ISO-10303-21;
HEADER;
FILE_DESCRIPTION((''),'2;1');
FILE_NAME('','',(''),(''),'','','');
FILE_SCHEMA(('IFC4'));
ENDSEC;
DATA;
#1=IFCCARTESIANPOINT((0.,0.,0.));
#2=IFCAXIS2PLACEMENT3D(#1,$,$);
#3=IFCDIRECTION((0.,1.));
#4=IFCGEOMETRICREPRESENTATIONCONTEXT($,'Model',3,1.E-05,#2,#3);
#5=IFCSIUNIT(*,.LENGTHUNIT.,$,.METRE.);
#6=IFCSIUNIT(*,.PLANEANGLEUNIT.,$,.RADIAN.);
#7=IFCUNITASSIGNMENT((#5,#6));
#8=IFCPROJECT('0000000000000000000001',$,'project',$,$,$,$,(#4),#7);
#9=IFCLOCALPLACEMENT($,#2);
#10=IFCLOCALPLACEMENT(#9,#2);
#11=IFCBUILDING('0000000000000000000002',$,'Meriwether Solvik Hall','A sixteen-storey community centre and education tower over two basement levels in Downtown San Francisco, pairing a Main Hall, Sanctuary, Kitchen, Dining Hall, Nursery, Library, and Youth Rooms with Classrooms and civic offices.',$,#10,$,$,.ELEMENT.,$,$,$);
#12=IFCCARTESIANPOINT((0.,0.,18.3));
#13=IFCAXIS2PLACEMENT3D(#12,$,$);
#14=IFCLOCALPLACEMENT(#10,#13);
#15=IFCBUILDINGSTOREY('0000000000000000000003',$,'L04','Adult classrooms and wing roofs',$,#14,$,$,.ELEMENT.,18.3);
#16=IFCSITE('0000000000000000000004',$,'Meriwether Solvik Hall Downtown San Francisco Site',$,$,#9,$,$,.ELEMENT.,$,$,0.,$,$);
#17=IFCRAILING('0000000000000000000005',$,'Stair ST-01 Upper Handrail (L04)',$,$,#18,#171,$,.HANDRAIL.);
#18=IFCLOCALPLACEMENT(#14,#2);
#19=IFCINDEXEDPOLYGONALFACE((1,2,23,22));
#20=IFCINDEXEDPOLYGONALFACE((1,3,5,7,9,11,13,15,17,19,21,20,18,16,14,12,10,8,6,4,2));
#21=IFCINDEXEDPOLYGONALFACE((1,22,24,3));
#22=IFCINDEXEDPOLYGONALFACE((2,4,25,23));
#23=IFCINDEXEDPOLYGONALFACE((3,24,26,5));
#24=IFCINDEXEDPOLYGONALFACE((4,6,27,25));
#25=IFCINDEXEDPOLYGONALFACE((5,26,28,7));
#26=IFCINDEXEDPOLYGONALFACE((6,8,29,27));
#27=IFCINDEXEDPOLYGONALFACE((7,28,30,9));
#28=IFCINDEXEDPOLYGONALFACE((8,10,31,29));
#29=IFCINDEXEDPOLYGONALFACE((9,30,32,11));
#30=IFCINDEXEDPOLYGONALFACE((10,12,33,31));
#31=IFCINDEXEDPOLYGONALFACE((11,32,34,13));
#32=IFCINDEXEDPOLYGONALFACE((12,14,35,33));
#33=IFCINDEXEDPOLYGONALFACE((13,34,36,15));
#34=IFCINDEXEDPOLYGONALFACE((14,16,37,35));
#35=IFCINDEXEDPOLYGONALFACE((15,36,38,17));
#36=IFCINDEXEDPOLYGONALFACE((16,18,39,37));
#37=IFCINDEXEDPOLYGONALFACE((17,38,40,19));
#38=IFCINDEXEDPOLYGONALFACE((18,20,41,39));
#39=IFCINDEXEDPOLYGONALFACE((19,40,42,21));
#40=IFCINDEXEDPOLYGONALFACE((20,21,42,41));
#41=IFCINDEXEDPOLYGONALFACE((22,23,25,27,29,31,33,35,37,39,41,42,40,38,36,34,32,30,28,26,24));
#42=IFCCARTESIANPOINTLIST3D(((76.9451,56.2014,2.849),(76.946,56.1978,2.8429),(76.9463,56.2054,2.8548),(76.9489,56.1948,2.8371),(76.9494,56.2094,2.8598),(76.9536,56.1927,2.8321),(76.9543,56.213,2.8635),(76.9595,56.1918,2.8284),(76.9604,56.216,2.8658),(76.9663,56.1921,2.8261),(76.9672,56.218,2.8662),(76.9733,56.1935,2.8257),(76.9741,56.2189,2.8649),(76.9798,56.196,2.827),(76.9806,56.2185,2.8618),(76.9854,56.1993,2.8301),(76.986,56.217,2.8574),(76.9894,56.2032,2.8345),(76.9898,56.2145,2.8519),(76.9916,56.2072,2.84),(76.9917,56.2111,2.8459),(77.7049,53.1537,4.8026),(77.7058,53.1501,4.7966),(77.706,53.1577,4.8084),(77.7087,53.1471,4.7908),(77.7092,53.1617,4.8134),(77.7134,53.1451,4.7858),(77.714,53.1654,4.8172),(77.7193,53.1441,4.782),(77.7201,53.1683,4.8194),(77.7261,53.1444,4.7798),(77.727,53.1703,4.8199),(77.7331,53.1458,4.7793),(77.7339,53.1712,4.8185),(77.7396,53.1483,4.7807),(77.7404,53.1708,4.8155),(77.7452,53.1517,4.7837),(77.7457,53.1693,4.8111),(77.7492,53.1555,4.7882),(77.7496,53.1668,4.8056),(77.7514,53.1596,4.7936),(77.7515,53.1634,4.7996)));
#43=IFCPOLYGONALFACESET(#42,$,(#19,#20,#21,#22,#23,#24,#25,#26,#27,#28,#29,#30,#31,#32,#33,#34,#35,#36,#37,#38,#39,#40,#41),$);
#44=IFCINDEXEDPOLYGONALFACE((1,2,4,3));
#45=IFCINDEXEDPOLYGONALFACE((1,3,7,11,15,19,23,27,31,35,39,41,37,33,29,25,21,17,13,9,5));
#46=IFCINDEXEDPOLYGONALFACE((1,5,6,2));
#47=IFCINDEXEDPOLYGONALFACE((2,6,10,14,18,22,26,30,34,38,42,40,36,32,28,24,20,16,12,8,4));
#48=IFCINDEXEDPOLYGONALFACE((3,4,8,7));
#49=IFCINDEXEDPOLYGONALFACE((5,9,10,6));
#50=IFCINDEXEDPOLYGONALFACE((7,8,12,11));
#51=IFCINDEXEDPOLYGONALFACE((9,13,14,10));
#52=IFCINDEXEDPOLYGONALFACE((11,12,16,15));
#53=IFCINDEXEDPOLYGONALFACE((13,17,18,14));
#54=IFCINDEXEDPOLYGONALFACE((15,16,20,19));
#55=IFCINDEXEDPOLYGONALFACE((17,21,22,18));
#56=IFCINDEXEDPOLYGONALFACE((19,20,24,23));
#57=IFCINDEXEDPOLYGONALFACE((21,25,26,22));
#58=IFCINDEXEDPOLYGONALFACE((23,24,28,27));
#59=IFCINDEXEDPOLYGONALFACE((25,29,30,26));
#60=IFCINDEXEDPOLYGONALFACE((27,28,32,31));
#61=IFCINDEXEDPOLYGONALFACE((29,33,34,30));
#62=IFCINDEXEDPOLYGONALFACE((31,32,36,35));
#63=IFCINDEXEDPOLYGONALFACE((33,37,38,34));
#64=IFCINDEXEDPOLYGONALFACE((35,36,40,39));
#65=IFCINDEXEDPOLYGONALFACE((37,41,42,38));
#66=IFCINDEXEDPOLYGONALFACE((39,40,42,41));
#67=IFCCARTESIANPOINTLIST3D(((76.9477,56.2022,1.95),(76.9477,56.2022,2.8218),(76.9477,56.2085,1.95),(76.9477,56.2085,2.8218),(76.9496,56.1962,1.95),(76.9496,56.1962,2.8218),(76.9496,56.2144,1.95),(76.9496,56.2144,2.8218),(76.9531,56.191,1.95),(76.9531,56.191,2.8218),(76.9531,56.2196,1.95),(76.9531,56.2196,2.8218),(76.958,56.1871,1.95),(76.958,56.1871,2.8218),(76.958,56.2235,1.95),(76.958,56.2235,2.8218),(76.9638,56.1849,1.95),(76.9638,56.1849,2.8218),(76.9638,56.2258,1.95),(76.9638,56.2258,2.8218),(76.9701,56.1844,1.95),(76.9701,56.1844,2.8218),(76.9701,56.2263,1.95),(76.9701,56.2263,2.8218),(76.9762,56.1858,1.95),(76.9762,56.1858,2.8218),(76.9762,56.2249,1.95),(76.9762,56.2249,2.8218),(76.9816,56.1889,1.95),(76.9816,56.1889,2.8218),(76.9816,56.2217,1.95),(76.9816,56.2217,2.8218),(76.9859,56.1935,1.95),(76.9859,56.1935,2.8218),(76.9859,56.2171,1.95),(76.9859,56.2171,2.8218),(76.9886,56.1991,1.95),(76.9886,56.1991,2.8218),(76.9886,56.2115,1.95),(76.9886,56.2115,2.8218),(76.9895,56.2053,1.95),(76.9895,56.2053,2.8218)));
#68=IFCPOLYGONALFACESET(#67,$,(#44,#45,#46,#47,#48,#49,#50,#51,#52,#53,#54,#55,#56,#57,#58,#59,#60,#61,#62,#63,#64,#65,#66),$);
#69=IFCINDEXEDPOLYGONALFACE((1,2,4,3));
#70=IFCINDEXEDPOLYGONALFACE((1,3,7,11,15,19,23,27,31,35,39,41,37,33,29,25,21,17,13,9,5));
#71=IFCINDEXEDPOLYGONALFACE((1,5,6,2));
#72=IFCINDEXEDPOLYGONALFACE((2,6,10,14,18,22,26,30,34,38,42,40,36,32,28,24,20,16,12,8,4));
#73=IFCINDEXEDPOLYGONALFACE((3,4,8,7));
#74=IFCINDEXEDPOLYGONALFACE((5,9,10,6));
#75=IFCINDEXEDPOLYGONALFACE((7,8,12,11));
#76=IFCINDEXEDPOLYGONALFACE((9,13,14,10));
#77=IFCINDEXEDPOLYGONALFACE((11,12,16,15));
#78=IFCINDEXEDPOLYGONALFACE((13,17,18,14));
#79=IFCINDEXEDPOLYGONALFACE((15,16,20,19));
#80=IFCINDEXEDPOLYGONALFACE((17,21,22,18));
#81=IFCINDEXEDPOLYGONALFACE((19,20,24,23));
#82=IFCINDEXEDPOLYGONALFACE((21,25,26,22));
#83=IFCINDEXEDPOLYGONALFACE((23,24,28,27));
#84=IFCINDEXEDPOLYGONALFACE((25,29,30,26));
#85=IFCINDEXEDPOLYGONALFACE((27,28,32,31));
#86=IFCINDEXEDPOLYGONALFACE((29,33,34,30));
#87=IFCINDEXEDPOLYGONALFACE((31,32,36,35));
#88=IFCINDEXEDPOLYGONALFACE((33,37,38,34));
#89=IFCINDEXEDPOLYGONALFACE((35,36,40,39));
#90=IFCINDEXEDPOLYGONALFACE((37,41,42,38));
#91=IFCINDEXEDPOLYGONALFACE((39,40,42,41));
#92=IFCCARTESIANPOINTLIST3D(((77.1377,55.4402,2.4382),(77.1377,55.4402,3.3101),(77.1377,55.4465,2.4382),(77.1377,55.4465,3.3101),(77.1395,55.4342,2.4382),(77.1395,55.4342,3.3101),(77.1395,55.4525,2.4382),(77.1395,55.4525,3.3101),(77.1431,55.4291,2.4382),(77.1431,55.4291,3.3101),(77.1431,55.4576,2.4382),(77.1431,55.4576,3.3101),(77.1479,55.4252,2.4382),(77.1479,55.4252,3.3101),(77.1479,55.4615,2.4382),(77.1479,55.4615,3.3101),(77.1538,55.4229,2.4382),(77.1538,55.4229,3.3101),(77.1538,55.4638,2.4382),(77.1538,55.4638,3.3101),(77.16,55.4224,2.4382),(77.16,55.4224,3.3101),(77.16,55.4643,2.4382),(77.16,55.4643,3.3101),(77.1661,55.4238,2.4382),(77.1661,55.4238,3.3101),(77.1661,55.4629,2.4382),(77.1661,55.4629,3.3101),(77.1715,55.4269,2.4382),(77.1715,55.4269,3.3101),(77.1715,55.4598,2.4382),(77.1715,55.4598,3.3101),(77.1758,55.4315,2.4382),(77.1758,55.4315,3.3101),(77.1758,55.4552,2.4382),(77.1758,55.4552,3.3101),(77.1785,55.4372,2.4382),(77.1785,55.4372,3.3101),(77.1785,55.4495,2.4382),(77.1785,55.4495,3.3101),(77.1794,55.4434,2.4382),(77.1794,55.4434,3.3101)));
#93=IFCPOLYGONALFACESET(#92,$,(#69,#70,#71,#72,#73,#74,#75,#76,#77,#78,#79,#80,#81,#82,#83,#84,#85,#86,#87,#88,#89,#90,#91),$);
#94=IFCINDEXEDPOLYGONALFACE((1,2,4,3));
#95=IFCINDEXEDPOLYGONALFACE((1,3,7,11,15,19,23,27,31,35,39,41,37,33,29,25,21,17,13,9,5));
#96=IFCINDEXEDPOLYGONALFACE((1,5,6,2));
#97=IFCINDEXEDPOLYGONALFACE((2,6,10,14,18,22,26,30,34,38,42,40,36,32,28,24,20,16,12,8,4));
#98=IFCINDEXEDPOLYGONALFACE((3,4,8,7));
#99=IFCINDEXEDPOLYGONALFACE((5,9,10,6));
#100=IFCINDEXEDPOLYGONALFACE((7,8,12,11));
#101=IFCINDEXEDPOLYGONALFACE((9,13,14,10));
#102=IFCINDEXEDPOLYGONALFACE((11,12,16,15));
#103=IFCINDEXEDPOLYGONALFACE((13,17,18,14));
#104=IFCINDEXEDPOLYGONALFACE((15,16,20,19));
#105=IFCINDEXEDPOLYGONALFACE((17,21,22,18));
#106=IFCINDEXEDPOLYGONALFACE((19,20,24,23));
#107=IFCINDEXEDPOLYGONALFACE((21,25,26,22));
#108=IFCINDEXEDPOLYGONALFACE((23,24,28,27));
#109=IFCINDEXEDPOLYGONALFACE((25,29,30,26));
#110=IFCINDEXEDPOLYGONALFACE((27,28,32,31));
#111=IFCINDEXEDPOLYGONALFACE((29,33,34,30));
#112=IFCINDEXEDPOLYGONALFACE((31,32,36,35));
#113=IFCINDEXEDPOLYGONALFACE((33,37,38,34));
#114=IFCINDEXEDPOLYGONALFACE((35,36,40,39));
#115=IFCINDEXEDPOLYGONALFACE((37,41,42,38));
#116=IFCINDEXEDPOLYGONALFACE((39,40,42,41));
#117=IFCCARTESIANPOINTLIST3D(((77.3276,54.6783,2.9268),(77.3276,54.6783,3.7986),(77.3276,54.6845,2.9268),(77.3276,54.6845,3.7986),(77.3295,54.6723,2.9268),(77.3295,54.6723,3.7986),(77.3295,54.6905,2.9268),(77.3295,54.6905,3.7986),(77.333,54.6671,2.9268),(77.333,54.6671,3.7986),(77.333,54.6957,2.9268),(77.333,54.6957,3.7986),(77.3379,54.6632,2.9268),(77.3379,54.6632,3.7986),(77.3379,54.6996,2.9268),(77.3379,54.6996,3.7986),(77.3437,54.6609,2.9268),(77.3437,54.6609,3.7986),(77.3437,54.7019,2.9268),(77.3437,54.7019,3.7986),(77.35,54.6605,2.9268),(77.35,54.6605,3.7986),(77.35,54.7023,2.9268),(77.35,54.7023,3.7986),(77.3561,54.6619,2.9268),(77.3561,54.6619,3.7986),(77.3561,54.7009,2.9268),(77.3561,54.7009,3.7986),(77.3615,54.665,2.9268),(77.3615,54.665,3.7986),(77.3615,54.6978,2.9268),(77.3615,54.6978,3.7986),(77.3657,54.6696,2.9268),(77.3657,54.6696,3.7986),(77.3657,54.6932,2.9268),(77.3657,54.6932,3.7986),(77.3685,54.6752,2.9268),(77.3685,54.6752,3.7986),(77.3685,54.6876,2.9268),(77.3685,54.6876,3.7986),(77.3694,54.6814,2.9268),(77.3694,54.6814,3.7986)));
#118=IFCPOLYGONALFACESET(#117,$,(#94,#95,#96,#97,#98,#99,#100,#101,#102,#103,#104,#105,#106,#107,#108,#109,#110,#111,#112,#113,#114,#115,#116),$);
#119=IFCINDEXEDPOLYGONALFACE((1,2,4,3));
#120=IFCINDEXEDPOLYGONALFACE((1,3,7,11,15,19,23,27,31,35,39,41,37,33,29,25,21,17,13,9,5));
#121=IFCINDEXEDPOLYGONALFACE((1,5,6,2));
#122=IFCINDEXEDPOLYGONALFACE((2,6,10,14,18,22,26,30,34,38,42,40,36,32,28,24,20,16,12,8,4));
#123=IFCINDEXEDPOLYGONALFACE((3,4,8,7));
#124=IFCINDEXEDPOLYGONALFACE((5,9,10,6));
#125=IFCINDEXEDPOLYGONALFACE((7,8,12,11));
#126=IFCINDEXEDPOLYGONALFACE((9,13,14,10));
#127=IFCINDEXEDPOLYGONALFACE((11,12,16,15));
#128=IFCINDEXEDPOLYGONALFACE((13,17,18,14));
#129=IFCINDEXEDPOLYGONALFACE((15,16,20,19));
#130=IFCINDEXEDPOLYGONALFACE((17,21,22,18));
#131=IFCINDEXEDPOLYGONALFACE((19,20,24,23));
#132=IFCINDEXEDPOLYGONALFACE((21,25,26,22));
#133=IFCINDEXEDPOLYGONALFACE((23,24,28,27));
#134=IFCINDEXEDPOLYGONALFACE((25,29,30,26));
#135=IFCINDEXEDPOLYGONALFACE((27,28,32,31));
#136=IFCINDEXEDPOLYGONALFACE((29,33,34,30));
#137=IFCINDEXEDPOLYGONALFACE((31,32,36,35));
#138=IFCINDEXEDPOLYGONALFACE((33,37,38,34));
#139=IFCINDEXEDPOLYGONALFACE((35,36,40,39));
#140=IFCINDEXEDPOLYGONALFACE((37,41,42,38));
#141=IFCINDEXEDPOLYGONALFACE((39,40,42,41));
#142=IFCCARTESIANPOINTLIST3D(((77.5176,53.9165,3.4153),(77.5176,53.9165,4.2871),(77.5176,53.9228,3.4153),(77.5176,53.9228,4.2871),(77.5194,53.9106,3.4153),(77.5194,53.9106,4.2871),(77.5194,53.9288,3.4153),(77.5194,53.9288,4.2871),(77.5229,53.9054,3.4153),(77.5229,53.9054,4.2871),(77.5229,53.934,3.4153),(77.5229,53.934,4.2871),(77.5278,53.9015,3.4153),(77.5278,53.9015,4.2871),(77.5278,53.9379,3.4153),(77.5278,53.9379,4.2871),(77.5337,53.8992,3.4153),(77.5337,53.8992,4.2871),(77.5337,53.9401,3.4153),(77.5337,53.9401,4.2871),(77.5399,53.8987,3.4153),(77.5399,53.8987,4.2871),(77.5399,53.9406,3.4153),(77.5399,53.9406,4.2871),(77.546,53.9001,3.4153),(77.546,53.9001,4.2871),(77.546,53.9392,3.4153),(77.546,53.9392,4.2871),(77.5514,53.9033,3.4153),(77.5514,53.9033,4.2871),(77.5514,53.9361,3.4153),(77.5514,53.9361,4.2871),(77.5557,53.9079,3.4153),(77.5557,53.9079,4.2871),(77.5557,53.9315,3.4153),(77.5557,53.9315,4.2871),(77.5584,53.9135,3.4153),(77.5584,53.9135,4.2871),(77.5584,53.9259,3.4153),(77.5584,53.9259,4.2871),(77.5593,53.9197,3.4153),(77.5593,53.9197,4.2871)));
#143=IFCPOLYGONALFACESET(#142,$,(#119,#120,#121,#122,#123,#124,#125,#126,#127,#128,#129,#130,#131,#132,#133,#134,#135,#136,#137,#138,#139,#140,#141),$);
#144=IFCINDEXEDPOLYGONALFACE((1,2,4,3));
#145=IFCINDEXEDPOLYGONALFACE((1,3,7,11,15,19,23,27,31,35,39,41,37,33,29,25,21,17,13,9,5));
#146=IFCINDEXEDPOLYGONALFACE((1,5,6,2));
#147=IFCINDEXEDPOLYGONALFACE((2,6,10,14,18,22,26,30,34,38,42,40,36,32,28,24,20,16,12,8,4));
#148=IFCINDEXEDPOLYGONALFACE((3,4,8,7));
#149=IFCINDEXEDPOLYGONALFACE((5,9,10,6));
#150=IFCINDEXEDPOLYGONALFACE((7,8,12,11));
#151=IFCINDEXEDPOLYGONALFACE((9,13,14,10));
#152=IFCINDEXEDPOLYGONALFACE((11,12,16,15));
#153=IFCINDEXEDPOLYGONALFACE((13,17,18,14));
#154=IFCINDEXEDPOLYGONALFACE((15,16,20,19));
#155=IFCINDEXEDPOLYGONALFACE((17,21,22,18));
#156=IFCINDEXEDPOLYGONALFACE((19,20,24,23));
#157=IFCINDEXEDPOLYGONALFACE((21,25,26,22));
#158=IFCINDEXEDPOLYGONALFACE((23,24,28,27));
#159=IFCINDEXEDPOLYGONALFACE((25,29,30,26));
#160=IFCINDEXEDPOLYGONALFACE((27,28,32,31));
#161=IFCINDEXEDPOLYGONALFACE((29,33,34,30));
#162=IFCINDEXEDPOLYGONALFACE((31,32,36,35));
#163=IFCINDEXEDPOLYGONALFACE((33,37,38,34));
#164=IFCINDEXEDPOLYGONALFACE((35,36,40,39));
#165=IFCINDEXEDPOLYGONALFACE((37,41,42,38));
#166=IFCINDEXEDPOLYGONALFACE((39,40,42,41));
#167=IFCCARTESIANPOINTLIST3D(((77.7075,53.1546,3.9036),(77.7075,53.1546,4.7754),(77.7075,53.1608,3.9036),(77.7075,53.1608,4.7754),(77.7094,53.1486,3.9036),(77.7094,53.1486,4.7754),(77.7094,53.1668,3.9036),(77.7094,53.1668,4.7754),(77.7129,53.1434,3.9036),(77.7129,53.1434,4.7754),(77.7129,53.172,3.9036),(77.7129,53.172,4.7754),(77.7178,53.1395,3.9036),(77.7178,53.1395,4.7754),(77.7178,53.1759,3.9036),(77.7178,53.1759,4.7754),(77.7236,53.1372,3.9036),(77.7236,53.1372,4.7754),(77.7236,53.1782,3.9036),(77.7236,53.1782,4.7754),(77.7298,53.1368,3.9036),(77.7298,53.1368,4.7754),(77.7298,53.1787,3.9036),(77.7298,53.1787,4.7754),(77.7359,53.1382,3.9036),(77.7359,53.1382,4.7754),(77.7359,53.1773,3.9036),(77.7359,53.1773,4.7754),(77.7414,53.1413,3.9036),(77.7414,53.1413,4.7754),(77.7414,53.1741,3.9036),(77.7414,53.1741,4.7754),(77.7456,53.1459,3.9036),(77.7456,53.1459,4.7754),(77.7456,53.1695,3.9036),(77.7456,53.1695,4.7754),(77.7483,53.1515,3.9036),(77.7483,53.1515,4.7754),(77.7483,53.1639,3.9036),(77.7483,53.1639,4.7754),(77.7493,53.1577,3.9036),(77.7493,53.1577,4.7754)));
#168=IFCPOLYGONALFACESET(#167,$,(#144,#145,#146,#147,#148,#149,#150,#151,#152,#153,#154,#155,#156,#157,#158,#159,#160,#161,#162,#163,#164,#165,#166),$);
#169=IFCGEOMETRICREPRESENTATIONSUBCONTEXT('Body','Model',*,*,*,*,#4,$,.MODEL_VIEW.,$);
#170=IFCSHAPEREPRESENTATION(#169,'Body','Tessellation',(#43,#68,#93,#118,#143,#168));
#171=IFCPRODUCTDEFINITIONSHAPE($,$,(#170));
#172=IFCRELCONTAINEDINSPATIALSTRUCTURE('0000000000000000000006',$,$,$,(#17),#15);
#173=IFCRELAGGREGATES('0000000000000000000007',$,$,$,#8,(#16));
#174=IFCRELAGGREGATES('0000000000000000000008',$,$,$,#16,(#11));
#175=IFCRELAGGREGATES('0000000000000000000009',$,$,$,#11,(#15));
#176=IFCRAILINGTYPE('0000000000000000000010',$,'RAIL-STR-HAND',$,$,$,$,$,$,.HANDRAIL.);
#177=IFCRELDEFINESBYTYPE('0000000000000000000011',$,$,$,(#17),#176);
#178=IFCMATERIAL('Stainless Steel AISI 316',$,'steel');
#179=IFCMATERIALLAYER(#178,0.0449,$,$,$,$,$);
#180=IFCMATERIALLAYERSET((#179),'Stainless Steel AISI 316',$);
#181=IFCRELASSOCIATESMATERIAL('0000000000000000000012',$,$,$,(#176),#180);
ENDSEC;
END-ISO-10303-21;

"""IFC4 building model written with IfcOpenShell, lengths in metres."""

from ifc_helpers import new_model, si_unit, direction, frame, origin, origin_2d, place, context, subcontext, project, spatial, circle, extrude, material, layer, layer_set, type_object, element, save


model = new_model("IFC4")

# Units and contexts
model_context = context("Model", 3, precision=1e-05, world=origin(), true_north=direction((0.0, 1.0)))
body_context = subcontext(model_context, "Body", "Model", "MODEL_VIEW")
ifc_project = project(units=[si_unit("LENGTHUNIT", "METRE"), si_unit("PLANEANGLEUNIT", "RADIAN")], contexts=[model_context])

# Site, building, storey
site_placement = place(None, origin())
site = spatial("IfcSite", under=ifc_project, at=site_placement, Name="Meriwether Solvik Hall Downtown San Francisco Site", CompositionType="ELEMENT", RefElevation=0.0)
building_placement = place(site_placement, origin())
building = spatial("IfcBuilding", under=site, at=building_placement, Name="Meriwether Solvik Hall", Description="A sixteen-storey community centre and education tower over two basement levels in Downtown San Francisco, pairing a Main Hall, Sanctuary, Kitchen, Dining Hall, Nursery, Library, and Youth Rooms with Classrooms and civic offices.", CompositionType="ELEMENT")
storey_placement = place(building_placement, frame((0.0, 0.0, 18.3)))
storey = spatial("IfcBuildingStorey", under=building, at=storey_placement, Name="L04", Description="Adult classrooms and wing roofs", CompositionType="ELEMENT", Elevation=18.3)

# Railing
ifc_material_1 = material(Name="Stainless Steel AISI 316", Category="steel")
ifc_layer_1 = layer(ifc_material_1, 0.0449)
ifc_layer_set_1 = layer_set([ifc_layer_1], Name="Stainless Steel AISI 316")
railing_type_1 = type_object("IfcRailingType", Name="RAIL-STR-HAND", PredefinedType="HANDRAIL", material=ifc_layer_set_1)
railing_1_placement = place(storey_placement, frame((76.9685, 56.2053, 1.95)))
element("IfcRailing", 1, at=railing_1_placement, inside=storey, type_object=railing_type_1, Name="Stair ST-01 Upper Handrail (L04)", PredefinedType="HANDRAIL", context=body_context, shape_type="SweptSolid", body=[
    extrude(circle(Radius=0.0239, at=origin_2d()), frame((0.0, 0.0, 0.896), z_axis=(0.205404, -0.823926, 0.528163), x_axis=(0.970302, 0.241895, 0.0)), (0.0, 0.0, 1.0), 3.699),
    extrude(circle(Radius=0.021, at=origin_2d()), origin(), (0.0, 0.0, 1.0), 0.8718),
    extrude(circle(Radius=0.021, at=origin_2d()), frame((0.1899, -0.762, 0.4883)), (0.0, 0.0, 1.0), 0.8718),
    extrude(circle(Radius=0.021, at=origin_2d()), frame((0.3799, -1.5239, 0.9768)), (0.0, 0.0, 1.0), 0.8718),
    extrude(circle(Radius=0.021, at=origin_2d()), frame((0.5698, -2.2856, 1.4653)), (0.0, 0.0, 1.0), 0.8718),
    extrude(circle(Radius=0.021, at=origin_2d()), frame((0.7598, -3.0476, 1.9536)), (0.0, 0.0, 1.0), 0.8718),
])

save(model, "model.ifc")
